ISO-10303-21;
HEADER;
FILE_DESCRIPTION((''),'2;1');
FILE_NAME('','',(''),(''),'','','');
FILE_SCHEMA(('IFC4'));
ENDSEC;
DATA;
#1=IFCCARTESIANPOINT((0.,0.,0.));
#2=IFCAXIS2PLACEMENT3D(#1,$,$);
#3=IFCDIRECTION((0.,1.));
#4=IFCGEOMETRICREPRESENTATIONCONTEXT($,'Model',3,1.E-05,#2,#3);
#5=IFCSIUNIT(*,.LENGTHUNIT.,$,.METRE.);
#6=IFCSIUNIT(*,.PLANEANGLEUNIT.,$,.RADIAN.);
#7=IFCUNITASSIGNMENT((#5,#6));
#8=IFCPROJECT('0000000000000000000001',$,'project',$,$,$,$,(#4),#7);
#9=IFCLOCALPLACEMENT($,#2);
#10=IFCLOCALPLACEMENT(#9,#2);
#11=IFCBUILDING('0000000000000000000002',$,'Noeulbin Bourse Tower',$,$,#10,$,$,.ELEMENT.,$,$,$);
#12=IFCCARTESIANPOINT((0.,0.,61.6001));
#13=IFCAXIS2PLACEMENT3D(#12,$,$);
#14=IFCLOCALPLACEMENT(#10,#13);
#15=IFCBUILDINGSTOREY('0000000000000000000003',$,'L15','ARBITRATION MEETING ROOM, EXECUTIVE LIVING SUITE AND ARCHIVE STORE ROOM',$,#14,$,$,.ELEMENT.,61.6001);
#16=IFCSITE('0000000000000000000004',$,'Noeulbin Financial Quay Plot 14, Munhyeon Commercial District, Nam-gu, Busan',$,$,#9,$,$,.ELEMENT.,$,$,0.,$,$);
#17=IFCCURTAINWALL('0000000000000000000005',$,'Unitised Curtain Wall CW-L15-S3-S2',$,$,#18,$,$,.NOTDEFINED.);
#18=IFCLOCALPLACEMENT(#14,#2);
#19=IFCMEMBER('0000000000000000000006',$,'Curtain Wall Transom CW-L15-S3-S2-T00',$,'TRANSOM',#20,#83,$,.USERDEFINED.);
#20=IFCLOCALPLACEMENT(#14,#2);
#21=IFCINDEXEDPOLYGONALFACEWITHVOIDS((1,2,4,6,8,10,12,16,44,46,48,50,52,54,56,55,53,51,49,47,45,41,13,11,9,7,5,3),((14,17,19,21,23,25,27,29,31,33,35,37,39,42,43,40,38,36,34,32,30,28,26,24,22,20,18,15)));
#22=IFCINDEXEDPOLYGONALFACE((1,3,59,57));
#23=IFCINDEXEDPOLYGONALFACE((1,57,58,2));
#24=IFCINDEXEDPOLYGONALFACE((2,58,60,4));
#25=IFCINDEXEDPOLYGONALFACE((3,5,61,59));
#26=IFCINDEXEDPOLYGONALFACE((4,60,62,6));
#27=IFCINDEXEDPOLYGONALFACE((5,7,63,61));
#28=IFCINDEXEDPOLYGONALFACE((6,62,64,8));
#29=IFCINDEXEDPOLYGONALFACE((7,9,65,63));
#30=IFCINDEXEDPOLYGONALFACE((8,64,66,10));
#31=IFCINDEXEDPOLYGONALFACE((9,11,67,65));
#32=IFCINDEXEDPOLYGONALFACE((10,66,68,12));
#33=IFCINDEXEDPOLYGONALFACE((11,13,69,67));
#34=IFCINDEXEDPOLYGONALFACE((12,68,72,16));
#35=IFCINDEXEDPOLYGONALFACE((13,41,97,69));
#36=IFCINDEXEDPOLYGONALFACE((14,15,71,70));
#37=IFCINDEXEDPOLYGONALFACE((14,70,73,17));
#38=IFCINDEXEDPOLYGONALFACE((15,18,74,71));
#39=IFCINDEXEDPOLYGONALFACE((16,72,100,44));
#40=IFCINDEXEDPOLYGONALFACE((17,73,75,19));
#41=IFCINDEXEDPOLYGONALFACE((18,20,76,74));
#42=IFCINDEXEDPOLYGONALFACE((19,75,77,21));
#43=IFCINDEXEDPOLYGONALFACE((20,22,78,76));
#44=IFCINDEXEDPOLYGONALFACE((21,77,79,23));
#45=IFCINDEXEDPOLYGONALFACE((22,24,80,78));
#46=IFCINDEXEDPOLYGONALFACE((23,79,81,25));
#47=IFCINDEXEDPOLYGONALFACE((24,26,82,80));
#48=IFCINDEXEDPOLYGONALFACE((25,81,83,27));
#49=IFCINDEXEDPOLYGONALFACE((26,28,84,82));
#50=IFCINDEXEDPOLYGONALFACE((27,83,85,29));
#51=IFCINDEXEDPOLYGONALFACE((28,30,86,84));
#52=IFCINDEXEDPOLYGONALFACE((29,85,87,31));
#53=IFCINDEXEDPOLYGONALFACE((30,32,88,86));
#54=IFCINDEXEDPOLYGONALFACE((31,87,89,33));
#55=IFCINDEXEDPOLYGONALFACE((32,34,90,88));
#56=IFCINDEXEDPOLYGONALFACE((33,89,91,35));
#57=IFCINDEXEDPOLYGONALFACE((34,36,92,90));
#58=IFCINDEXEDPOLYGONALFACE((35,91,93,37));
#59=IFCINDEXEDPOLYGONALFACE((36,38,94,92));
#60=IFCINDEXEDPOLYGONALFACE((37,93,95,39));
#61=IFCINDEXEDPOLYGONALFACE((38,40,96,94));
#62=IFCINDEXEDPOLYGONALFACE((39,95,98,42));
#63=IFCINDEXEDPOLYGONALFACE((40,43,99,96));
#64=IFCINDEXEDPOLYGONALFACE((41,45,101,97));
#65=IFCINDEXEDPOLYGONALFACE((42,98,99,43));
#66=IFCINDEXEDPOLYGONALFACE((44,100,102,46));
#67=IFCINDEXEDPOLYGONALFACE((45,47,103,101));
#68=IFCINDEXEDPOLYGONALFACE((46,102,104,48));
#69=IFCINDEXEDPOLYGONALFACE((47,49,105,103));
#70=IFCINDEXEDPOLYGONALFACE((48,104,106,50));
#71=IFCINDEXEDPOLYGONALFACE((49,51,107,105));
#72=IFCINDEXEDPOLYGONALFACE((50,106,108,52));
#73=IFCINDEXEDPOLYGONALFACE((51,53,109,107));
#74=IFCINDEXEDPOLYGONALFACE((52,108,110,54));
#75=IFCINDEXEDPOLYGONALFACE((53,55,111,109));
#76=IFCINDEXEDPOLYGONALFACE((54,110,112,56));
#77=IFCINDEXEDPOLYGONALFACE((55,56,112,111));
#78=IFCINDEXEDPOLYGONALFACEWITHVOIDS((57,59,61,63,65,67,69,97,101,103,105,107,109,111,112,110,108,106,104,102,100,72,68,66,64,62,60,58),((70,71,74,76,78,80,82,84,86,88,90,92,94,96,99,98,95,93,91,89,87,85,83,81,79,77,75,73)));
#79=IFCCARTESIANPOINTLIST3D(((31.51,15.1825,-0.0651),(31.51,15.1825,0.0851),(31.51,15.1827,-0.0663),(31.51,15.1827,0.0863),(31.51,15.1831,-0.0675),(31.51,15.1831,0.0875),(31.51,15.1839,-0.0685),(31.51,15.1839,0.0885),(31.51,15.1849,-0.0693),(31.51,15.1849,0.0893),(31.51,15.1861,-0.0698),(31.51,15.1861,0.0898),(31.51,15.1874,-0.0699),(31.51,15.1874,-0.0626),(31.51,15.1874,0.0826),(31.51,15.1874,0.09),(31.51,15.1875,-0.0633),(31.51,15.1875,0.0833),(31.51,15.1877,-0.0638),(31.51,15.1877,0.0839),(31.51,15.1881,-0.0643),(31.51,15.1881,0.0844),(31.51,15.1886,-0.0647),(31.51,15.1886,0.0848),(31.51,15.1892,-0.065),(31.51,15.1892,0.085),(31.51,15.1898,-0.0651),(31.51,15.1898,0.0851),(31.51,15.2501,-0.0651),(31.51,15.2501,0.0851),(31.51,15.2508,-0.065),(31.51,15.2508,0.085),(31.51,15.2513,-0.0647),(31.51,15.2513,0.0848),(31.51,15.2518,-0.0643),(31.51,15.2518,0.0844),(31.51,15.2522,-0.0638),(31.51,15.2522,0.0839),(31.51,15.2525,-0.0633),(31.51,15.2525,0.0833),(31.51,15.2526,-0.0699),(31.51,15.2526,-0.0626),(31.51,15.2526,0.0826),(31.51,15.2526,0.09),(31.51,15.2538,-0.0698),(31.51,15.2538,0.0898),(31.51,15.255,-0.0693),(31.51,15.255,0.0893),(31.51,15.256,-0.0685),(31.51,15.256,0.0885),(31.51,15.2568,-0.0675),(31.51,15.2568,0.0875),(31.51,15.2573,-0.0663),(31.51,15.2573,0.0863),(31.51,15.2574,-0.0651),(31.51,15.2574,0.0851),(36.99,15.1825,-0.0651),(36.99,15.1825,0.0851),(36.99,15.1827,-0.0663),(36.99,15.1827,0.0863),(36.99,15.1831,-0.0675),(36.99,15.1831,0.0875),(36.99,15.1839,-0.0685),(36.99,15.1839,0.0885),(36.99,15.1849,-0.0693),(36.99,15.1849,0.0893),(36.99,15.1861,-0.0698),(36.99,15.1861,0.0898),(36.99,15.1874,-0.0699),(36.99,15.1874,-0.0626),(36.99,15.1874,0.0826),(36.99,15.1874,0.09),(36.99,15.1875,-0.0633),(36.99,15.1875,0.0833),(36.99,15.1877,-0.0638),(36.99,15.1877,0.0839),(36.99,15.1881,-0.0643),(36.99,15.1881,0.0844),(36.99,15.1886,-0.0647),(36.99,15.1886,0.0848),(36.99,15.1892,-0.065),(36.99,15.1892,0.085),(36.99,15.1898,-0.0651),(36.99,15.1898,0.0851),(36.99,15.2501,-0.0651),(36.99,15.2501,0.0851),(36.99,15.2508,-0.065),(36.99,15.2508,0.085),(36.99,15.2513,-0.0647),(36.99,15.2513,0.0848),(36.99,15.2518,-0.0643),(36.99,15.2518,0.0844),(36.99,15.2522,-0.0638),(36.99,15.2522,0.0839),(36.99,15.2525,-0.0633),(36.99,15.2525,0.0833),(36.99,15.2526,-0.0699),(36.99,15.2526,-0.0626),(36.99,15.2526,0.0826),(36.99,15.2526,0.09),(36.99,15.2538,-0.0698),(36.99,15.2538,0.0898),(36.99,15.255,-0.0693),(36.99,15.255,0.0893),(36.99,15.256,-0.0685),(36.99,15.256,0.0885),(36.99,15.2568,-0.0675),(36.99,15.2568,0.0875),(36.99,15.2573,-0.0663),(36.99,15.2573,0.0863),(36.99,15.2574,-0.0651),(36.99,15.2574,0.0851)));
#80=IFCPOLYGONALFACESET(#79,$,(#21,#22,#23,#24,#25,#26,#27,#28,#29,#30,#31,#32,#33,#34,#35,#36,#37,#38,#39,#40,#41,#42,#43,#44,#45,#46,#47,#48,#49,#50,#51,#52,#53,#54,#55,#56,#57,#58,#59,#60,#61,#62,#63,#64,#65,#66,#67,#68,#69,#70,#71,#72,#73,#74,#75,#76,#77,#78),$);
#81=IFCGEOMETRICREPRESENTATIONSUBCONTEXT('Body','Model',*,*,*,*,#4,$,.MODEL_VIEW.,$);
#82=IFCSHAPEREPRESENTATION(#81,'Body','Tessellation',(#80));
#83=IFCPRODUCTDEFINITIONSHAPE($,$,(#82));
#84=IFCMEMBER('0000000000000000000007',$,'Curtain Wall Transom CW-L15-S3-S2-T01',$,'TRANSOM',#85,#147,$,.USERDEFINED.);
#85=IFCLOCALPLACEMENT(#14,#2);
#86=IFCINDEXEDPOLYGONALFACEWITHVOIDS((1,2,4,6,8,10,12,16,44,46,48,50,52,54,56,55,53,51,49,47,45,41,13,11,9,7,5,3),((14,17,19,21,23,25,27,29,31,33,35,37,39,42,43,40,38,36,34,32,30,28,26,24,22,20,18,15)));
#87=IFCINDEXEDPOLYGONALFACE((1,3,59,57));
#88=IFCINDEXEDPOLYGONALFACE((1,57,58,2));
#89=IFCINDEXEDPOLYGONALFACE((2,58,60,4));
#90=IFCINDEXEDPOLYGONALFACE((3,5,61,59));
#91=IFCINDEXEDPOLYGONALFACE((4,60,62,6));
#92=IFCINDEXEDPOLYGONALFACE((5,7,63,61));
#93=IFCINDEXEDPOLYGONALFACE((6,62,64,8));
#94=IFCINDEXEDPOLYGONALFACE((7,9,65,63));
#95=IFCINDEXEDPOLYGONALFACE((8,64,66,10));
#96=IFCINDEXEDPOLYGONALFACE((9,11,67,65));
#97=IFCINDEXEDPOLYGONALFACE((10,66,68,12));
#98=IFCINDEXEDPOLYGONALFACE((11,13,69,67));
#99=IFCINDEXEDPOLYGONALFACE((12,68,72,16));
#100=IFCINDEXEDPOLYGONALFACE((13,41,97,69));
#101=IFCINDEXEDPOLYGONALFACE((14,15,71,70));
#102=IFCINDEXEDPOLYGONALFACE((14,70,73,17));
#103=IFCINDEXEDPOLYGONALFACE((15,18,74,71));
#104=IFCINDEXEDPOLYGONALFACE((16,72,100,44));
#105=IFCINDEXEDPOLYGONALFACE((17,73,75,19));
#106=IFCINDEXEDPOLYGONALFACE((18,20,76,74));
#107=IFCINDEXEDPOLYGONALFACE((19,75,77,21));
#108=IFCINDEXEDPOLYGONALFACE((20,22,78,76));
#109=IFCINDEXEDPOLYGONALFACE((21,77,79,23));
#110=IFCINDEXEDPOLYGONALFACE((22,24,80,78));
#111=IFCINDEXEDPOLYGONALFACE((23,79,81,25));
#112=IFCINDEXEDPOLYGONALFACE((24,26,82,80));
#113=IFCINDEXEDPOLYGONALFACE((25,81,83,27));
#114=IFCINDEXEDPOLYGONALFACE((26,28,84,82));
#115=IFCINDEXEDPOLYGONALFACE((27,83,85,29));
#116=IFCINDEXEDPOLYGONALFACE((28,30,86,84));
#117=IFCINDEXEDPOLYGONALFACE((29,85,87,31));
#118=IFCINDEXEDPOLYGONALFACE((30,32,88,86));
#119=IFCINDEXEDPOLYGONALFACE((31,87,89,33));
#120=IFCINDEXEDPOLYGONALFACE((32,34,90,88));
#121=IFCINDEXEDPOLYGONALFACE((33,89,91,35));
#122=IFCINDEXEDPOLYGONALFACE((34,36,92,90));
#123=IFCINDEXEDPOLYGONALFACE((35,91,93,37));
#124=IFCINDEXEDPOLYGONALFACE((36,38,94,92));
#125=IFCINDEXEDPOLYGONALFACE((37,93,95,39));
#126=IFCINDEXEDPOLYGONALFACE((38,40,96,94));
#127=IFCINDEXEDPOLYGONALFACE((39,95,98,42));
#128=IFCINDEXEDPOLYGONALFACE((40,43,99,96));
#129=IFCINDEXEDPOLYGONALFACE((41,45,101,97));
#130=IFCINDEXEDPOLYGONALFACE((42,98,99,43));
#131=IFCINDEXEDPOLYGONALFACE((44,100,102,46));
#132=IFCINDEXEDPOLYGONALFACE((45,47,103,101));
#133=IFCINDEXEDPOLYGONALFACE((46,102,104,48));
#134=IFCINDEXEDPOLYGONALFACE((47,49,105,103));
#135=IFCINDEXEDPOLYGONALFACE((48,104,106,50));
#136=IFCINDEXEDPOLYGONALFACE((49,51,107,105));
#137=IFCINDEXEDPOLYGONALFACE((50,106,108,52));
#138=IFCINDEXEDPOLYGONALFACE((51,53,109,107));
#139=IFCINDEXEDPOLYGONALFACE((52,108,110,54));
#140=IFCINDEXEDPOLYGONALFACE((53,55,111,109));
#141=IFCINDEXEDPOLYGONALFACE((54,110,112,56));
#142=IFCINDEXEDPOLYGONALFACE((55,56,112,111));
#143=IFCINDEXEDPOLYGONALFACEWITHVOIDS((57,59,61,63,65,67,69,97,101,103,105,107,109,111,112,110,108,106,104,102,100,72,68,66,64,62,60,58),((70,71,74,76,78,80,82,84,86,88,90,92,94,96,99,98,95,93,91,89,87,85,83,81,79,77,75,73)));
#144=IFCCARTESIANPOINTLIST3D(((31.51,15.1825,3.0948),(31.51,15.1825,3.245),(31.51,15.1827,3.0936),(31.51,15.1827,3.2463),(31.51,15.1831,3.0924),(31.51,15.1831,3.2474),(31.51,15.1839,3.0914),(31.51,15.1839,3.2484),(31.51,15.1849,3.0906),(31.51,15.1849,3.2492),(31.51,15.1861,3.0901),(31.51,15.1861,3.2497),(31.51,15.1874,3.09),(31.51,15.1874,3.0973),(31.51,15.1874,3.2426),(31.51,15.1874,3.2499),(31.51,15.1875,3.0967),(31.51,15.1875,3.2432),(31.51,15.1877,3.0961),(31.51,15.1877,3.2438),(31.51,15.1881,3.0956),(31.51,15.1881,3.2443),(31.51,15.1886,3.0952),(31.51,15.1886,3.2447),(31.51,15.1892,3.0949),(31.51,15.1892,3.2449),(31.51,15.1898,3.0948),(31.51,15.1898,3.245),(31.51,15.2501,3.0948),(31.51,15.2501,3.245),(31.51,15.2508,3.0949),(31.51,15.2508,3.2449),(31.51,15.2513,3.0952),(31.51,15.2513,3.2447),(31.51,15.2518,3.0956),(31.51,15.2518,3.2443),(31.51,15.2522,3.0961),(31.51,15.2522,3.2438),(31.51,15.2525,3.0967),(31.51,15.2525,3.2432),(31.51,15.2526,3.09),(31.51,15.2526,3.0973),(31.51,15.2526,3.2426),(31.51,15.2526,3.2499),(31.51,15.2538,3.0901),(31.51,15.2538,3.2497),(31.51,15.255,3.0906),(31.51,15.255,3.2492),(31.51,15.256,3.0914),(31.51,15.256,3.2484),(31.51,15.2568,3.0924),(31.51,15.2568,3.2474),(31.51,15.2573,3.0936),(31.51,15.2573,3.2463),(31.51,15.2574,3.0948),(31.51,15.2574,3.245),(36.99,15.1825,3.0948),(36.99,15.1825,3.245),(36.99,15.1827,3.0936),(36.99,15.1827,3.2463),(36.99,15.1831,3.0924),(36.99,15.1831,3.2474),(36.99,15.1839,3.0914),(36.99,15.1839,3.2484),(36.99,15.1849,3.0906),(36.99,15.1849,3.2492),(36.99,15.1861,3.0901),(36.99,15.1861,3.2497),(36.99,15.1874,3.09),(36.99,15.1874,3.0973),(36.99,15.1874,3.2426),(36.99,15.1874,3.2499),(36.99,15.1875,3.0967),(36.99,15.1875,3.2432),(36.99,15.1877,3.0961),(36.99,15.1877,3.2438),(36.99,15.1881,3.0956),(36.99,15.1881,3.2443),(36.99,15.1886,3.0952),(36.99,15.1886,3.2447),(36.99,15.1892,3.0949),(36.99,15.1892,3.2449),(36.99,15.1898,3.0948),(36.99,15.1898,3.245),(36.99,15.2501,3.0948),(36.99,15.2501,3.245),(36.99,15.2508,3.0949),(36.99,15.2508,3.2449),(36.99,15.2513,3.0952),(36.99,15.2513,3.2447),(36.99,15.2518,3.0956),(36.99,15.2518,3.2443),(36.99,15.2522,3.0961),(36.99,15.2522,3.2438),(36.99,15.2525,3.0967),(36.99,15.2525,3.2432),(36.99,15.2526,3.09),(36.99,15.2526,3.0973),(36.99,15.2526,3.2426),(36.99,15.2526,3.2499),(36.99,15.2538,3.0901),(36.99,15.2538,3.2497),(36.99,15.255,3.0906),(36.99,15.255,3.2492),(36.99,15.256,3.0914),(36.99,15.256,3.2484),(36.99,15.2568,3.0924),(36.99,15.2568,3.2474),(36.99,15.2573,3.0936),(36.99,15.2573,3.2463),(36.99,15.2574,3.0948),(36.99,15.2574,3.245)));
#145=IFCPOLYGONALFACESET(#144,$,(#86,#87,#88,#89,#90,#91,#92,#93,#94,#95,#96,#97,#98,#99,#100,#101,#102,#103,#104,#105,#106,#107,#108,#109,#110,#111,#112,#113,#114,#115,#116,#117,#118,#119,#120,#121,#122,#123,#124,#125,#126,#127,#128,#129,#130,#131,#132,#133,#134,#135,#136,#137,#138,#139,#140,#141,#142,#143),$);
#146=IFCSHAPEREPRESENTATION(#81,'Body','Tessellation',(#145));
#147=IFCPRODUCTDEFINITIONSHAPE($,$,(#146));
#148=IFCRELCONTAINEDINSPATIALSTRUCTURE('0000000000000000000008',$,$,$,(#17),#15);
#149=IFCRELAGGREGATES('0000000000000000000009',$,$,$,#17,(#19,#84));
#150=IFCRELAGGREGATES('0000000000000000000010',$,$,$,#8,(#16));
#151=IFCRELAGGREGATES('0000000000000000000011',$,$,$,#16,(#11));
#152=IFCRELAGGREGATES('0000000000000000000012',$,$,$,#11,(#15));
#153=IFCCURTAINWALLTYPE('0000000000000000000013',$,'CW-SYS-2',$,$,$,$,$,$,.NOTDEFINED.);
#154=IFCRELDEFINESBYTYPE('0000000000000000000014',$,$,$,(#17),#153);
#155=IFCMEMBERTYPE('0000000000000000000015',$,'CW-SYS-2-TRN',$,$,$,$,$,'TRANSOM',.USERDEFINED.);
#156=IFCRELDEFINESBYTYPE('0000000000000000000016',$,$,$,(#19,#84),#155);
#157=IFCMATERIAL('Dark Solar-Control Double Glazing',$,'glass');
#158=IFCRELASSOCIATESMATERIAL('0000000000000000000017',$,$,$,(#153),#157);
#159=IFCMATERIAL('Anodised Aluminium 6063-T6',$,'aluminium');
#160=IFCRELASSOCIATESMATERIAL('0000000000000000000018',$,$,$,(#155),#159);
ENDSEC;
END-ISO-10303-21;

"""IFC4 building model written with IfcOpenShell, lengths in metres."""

from ifc_helpers import new_model, si_unit, direction, frame, origin, origin_2d, place, context, subcontext, project, spatial, hollow_rectangle, extrude, material, material_profile, profile_set, type_object, element, aggregate, save


model = new_model("IFC4")

# Units and contexts
model_context = context("Model", 3, precision=1e-05, world=origin(), true_north=direction((0.0, 1.0)))
body_context = subcontext(model_context, "Body", "Model", "MODEL_VIEW")
ifc_project = project(units=[si_unit("LENGTHUNIT", "METRE"), si_unit("PLANEANGLEUNIT", "RADIAN")], contexts=[model_context])

# Site, building, storey
site_placement = place(None, origin())
site = spatial("IfcSite", under=ifc_project, at=site_placement, Name="Noeulbin Financial Quay Plot 14, Munhyeon Commercial District, Nam-gu, Busan", CompositionType="ELEMENT", RefElevation=0.0)
building_placement = place(site_placement, origin())
building = spatial("IfcBuilding", under=site, at=building_placement, Name="Noeulbin Bourse Tower", CompositionType="ELEMENT")
storey_placement = place(building_placement, frame((0.0, 0.0, 61.6001)))
storey = spatial("IfcBuildingStorey", under=building, at=storey_placement, Name="L15", Description="ARBITRATION MEETING ROOM, EXECUTIVE LIVING SUITE AND ARCHIVE STORE ROOM", CompositionType="ELEMENT", Elevation=61.6001)

# Curtain wall
ifc_material_1 = material(Name="Dark Solar-Control Double Glazing", Category="glass")
curtain_wall_type = type_object("IfcCurtainWallType", Name="CW-SYS-2", PredefinedType="NOTDEFINED", material=ifc_material_1)
ifc_material_2 = material(Name="Anodised Aluminium 6063-T6", Category="aluminium")
curtain_wall_1_placement = place(storey_placement, origin())
curtain_wall_1 = element("IfcCurtainWall", 1, at=curtain_wall_1_placement, inside=storey, type_object=curtain_wall_type, Name="Unitised Curtain Wall CW-L15-S3-S2", PredefinedType="NOTDEFINED")

# Members
ifc_material_profile_1 = material_profile(ifc_material_2, hollow_rectangle(XDim=0.075, YDim=0.1599, WallThickness=0.0049, InnerFilletRadius=0.0024, OuterFilletRadius=0.0049, at=origin_2d()), Name="ALU-TRAN-75x160x5", Category="LoadBearing")
ifc_profile_set_1 = profile_set([ifc_material_profile_1], Name="Anodised Aluminium 6063-T6")
member_type_1 = type_object("IfcMemberType", Name="CW-SYS-2-TRN", ElementType="TRANSOM", PredefinedType="USERDEFINED", material=ifc_profile_set_1)
member_1_placement = place(storey_placement, frame((31.51, 15.22, 0.01), z_axis=(1.0, 0.0, 0.0), x_axis=(0.0, 1.0, 0.0)))
member_1 = element("IfcMember", 2, at=member_1_placement, type_object=member_type_1, Name="Curtain Wall Transom CW-L15-S3-S2-T00", ObjectType="TRANSOM", PredefinedType="USERDEFINED", context=body_context, shape_type="SweptSolid", body=[
    extrude(hollow_rectangle(XDim=0.075, YDim=0.1599, WallThickness=0.0049, InnerFilletRadius=0.0024, OuterFilletRadius=0.0049, at=origin_2d()), origin(), (0.0, 0.0, 1.0), 5.48),
])
member_2_placement = place(storey_placement, frame((31.51, 15.22, 3.1699), z_axis=(1.0, 0.0, 0.0), x_axis=(0.0, 1.0, 0.0)))
member_2 = element("IfcMember", 3, at=member_2_placement, type_object=member_type_1, Name="Curtain Wall Transom CW-L15-S3-S2-T01", ObjectType="TRANSOM", PredefinedType="USERDEFINED", context=body_context, shape_type="SweptSolid", body=[
    extrude(hollow_rectangle(XDim=0.075, YDim=0.1599, WallThickness=0.0049, InnerFilletRadius=0.0024, OuterFilletRadius=0.0049, at=origin_2d()), origin(), (0.0, 0.0, 1.0), 5.48),
])

aggregate(curtain_wall_1, [member_1, member_2])

save(model, "model.ifc")
